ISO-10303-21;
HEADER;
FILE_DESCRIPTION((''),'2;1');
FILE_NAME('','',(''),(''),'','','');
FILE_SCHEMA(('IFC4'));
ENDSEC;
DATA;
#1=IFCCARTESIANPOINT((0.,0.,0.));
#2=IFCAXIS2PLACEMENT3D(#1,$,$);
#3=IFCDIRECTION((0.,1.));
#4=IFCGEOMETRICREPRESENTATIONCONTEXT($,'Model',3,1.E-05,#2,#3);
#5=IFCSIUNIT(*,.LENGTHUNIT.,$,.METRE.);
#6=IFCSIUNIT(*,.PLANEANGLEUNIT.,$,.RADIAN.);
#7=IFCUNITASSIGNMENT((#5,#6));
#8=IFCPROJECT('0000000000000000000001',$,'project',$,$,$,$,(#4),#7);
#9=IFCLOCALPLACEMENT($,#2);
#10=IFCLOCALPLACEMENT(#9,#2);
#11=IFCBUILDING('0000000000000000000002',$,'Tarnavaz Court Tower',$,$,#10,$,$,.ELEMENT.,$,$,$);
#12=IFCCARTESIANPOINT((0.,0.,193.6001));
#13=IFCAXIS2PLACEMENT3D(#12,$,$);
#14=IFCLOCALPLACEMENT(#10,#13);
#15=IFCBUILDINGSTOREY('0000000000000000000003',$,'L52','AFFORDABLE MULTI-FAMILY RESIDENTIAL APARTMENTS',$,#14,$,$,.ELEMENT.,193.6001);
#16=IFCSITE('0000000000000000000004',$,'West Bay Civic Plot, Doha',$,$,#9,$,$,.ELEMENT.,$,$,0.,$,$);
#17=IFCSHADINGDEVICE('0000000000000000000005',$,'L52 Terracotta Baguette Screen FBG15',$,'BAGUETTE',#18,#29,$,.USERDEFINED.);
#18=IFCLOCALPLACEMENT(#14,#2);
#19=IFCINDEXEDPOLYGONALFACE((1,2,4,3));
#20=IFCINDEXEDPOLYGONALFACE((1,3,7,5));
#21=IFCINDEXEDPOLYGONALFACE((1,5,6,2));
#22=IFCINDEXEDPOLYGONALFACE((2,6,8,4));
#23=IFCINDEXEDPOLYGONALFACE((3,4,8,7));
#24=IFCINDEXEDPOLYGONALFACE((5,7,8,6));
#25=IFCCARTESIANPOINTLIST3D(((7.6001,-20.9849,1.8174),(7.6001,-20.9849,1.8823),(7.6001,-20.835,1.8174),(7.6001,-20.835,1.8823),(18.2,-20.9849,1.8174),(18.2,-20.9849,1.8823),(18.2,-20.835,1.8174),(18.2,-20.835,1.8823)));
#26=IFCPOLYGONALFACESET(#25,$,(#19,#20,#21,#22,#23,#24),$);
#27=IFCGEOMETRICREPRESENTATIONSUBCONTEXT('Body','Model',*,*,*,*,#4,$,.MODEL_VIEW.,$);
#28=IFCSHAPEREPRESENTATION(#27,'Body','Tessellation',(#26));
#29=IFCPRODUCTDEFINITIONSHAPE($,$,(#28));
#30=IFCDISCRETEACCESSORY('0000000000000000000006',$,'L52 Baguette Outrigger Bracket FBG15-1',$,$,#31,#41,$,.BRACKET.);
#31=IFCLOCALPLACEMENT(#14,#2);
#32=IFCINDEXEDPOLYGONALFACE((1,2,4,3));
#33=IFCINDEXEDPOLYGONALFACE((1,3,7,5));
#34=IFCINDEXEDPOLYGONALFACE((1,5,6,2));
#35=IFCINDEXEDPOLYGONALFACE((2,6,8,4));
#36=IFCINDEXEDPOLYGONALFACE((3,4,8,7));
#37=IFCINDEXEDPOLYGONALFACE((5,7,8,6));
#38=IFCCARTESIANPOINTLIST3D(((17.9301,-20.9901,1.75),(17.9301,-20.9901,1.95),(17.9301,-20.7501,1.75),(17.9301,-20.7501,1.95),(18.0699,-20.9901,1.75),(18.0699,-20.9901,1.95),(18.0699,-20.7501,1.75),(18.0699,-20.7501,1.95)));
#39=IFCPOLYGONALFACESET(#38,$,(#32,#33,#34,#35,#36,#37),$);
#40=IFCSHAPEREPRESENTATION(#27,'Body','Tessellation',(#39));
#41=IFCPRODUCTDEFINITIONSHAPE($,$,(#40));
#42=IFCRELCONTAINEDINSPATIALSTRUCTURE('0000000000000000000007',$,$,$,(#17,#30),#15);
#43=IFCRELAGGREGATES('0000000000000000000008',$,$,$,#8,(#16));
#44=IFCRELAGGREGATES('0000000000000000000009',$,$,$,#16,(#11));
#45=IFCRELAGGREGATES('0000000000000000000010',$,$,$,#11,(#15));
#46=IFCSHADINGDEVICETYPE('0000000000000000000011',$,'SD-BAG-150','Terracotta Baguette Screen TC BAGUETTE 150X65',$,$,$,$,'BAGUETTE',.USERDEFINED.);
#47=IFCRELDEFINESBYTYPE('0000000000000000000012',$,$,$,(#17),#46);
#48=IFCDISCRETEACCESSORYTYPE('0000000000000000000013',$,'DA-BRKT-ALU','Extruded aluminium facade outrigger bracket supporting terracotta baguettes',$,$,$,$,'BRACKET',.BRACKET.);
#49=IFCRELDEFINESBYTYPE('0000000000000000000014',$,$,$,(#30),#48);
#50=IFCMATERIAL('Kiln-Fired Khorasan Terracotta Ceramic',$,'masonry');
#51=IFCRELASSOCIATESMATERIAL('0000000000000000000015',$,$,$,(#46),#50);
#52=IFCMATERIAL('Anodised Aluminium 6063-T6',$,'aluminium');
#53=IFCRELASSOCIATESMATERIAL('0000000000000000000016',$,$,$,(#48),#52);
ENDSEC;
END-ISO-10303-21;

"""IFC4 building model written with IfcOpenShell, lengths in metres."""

from ifc_helpers import new_model, si_unit, direction, frame, origin, origin_2d, place, context, subcontext, project, spatial, rectangle, extrude, material, material_profile, profile_set, type_object, element, save


model = new_model("IFC4")

# Units and contexts
model_context = context("Model", 3, precision=1e-05, world=origin(), true_north=direction((0.0, 1.0)))
body_context = subcontext(model_context, "Body", "Model", "MODEL_VIEW")
ifc_project = project(units=[si_unit("LENGTHUNIT", "METRE"), si_unit("PLANEANGLEUNIT", "RADIAN")], contexts=[model_context])

# Site, building, storey
site_placement = place(None, origin())
site = spatial("IfcSite", under=ifc_project, at=site_placement, Name="West Bay Civic Plot, Doha", CompositionType="ELEMENT", RefElevation=0.0)
building_placement = place(site_placement, origin())
building = spatial("IfcBuilding", under=site, at=building_placement, Name="Tarnavaz Court Tower", CompositionType="ELEMENT")
storey_placement = place(building_placement, frame((0.0, 0.0, 193.6001)))
storey = spatial("IfcBuildingStorey", under=building, at=storey_placement, Name="L52", Description="AFFORDABLE MULTI-FAMILY RESIDENTIAL APARTMENTS", CompositionType="ELEMENT", Elevation=193.6001)

# Shading device
ifc_material_1 = material(Name="Kiln-Fired Khorasan Terracotta Ceramic", Category="masonry")
ifc_material_profile_1 = material_profile(ifc_material_1, rectangle(XDim=0.1499, YDim=0.0649, at=origin_2d()), Name="TC BAGUETTE 150X65")
ifc_profile_set_1 = profile_set([ifc_material_profile_1], Name="Kiln-Fired Khorasan Terracotta Ceramic")
shading_device_type = type_object("IfcShadingDeviceType", Name="SD-BAG-150", Description="Terracotta Baguette Screen TC BAGUETTE 150X65", ElementType="BAGUETTE", PredefinedType="USERDEFINED", material=ifc_profile_set_1)
shading_device_placement = place(storey_placement, frame((18.2, -20.9099, 1.8499), z_axis=(-1.0, 0.0, 0.0), x_axis=(0.0, -1.0, 0.0)))
element("IfcShadingDevice", 1, at=shading_device_placement, inside=storey, type_object=shading_device_type, Name="L52 Terracotta Baguette Screen FBG15", ObjectType="BAGUETTE", PredefinedType="USERDEFINED", context=body_context, shape_type="SweptSolid", body=[
    extrude(rectangle(XDim=0.1499, YDim=0.0649, at=origin_2d()), origin(), (0.0, 0.0, 1.0), 10.5999),
])

# Discrete accessory
ifc_material_2 = material(Name="Anodised Aluminium 6063-T6", Category="aluminium")
discrete_accessory_type = type_object("IfcDiscreteAccessoryType", Name="DA-BRKT-ALU", Description="Extruded aluminium facade outrigger bracket supporting terracotta baguettes", ElementType="BRACKET", PredefinedType="BRACKET", material=ifc_material_2)
discrete_accessory_placement = place(storey_placement, frame((18.0, -20.8701, 1.75), z_axis=(0.0, 0.0, 1.0), x_axis=(-1.0, 0.0, 0.0)))
element("IfcDiscreteAccessory", 2, at=discrete_accessory_placement, inside=storey, type_object=discrete_accessory_type, Name="L52 Baguette Outrigger Bracket FBG15-1", PredefinedType="BRACKET", context=body_context, shape_type="SweptSolid", body=[
    extrude(rectangle(XDim=0.1399, YDim=0.24, at=origin_2d()), origin(), (0.0, 0.0, 1.0), 0.2),
])

save(model, "model.ifc")
